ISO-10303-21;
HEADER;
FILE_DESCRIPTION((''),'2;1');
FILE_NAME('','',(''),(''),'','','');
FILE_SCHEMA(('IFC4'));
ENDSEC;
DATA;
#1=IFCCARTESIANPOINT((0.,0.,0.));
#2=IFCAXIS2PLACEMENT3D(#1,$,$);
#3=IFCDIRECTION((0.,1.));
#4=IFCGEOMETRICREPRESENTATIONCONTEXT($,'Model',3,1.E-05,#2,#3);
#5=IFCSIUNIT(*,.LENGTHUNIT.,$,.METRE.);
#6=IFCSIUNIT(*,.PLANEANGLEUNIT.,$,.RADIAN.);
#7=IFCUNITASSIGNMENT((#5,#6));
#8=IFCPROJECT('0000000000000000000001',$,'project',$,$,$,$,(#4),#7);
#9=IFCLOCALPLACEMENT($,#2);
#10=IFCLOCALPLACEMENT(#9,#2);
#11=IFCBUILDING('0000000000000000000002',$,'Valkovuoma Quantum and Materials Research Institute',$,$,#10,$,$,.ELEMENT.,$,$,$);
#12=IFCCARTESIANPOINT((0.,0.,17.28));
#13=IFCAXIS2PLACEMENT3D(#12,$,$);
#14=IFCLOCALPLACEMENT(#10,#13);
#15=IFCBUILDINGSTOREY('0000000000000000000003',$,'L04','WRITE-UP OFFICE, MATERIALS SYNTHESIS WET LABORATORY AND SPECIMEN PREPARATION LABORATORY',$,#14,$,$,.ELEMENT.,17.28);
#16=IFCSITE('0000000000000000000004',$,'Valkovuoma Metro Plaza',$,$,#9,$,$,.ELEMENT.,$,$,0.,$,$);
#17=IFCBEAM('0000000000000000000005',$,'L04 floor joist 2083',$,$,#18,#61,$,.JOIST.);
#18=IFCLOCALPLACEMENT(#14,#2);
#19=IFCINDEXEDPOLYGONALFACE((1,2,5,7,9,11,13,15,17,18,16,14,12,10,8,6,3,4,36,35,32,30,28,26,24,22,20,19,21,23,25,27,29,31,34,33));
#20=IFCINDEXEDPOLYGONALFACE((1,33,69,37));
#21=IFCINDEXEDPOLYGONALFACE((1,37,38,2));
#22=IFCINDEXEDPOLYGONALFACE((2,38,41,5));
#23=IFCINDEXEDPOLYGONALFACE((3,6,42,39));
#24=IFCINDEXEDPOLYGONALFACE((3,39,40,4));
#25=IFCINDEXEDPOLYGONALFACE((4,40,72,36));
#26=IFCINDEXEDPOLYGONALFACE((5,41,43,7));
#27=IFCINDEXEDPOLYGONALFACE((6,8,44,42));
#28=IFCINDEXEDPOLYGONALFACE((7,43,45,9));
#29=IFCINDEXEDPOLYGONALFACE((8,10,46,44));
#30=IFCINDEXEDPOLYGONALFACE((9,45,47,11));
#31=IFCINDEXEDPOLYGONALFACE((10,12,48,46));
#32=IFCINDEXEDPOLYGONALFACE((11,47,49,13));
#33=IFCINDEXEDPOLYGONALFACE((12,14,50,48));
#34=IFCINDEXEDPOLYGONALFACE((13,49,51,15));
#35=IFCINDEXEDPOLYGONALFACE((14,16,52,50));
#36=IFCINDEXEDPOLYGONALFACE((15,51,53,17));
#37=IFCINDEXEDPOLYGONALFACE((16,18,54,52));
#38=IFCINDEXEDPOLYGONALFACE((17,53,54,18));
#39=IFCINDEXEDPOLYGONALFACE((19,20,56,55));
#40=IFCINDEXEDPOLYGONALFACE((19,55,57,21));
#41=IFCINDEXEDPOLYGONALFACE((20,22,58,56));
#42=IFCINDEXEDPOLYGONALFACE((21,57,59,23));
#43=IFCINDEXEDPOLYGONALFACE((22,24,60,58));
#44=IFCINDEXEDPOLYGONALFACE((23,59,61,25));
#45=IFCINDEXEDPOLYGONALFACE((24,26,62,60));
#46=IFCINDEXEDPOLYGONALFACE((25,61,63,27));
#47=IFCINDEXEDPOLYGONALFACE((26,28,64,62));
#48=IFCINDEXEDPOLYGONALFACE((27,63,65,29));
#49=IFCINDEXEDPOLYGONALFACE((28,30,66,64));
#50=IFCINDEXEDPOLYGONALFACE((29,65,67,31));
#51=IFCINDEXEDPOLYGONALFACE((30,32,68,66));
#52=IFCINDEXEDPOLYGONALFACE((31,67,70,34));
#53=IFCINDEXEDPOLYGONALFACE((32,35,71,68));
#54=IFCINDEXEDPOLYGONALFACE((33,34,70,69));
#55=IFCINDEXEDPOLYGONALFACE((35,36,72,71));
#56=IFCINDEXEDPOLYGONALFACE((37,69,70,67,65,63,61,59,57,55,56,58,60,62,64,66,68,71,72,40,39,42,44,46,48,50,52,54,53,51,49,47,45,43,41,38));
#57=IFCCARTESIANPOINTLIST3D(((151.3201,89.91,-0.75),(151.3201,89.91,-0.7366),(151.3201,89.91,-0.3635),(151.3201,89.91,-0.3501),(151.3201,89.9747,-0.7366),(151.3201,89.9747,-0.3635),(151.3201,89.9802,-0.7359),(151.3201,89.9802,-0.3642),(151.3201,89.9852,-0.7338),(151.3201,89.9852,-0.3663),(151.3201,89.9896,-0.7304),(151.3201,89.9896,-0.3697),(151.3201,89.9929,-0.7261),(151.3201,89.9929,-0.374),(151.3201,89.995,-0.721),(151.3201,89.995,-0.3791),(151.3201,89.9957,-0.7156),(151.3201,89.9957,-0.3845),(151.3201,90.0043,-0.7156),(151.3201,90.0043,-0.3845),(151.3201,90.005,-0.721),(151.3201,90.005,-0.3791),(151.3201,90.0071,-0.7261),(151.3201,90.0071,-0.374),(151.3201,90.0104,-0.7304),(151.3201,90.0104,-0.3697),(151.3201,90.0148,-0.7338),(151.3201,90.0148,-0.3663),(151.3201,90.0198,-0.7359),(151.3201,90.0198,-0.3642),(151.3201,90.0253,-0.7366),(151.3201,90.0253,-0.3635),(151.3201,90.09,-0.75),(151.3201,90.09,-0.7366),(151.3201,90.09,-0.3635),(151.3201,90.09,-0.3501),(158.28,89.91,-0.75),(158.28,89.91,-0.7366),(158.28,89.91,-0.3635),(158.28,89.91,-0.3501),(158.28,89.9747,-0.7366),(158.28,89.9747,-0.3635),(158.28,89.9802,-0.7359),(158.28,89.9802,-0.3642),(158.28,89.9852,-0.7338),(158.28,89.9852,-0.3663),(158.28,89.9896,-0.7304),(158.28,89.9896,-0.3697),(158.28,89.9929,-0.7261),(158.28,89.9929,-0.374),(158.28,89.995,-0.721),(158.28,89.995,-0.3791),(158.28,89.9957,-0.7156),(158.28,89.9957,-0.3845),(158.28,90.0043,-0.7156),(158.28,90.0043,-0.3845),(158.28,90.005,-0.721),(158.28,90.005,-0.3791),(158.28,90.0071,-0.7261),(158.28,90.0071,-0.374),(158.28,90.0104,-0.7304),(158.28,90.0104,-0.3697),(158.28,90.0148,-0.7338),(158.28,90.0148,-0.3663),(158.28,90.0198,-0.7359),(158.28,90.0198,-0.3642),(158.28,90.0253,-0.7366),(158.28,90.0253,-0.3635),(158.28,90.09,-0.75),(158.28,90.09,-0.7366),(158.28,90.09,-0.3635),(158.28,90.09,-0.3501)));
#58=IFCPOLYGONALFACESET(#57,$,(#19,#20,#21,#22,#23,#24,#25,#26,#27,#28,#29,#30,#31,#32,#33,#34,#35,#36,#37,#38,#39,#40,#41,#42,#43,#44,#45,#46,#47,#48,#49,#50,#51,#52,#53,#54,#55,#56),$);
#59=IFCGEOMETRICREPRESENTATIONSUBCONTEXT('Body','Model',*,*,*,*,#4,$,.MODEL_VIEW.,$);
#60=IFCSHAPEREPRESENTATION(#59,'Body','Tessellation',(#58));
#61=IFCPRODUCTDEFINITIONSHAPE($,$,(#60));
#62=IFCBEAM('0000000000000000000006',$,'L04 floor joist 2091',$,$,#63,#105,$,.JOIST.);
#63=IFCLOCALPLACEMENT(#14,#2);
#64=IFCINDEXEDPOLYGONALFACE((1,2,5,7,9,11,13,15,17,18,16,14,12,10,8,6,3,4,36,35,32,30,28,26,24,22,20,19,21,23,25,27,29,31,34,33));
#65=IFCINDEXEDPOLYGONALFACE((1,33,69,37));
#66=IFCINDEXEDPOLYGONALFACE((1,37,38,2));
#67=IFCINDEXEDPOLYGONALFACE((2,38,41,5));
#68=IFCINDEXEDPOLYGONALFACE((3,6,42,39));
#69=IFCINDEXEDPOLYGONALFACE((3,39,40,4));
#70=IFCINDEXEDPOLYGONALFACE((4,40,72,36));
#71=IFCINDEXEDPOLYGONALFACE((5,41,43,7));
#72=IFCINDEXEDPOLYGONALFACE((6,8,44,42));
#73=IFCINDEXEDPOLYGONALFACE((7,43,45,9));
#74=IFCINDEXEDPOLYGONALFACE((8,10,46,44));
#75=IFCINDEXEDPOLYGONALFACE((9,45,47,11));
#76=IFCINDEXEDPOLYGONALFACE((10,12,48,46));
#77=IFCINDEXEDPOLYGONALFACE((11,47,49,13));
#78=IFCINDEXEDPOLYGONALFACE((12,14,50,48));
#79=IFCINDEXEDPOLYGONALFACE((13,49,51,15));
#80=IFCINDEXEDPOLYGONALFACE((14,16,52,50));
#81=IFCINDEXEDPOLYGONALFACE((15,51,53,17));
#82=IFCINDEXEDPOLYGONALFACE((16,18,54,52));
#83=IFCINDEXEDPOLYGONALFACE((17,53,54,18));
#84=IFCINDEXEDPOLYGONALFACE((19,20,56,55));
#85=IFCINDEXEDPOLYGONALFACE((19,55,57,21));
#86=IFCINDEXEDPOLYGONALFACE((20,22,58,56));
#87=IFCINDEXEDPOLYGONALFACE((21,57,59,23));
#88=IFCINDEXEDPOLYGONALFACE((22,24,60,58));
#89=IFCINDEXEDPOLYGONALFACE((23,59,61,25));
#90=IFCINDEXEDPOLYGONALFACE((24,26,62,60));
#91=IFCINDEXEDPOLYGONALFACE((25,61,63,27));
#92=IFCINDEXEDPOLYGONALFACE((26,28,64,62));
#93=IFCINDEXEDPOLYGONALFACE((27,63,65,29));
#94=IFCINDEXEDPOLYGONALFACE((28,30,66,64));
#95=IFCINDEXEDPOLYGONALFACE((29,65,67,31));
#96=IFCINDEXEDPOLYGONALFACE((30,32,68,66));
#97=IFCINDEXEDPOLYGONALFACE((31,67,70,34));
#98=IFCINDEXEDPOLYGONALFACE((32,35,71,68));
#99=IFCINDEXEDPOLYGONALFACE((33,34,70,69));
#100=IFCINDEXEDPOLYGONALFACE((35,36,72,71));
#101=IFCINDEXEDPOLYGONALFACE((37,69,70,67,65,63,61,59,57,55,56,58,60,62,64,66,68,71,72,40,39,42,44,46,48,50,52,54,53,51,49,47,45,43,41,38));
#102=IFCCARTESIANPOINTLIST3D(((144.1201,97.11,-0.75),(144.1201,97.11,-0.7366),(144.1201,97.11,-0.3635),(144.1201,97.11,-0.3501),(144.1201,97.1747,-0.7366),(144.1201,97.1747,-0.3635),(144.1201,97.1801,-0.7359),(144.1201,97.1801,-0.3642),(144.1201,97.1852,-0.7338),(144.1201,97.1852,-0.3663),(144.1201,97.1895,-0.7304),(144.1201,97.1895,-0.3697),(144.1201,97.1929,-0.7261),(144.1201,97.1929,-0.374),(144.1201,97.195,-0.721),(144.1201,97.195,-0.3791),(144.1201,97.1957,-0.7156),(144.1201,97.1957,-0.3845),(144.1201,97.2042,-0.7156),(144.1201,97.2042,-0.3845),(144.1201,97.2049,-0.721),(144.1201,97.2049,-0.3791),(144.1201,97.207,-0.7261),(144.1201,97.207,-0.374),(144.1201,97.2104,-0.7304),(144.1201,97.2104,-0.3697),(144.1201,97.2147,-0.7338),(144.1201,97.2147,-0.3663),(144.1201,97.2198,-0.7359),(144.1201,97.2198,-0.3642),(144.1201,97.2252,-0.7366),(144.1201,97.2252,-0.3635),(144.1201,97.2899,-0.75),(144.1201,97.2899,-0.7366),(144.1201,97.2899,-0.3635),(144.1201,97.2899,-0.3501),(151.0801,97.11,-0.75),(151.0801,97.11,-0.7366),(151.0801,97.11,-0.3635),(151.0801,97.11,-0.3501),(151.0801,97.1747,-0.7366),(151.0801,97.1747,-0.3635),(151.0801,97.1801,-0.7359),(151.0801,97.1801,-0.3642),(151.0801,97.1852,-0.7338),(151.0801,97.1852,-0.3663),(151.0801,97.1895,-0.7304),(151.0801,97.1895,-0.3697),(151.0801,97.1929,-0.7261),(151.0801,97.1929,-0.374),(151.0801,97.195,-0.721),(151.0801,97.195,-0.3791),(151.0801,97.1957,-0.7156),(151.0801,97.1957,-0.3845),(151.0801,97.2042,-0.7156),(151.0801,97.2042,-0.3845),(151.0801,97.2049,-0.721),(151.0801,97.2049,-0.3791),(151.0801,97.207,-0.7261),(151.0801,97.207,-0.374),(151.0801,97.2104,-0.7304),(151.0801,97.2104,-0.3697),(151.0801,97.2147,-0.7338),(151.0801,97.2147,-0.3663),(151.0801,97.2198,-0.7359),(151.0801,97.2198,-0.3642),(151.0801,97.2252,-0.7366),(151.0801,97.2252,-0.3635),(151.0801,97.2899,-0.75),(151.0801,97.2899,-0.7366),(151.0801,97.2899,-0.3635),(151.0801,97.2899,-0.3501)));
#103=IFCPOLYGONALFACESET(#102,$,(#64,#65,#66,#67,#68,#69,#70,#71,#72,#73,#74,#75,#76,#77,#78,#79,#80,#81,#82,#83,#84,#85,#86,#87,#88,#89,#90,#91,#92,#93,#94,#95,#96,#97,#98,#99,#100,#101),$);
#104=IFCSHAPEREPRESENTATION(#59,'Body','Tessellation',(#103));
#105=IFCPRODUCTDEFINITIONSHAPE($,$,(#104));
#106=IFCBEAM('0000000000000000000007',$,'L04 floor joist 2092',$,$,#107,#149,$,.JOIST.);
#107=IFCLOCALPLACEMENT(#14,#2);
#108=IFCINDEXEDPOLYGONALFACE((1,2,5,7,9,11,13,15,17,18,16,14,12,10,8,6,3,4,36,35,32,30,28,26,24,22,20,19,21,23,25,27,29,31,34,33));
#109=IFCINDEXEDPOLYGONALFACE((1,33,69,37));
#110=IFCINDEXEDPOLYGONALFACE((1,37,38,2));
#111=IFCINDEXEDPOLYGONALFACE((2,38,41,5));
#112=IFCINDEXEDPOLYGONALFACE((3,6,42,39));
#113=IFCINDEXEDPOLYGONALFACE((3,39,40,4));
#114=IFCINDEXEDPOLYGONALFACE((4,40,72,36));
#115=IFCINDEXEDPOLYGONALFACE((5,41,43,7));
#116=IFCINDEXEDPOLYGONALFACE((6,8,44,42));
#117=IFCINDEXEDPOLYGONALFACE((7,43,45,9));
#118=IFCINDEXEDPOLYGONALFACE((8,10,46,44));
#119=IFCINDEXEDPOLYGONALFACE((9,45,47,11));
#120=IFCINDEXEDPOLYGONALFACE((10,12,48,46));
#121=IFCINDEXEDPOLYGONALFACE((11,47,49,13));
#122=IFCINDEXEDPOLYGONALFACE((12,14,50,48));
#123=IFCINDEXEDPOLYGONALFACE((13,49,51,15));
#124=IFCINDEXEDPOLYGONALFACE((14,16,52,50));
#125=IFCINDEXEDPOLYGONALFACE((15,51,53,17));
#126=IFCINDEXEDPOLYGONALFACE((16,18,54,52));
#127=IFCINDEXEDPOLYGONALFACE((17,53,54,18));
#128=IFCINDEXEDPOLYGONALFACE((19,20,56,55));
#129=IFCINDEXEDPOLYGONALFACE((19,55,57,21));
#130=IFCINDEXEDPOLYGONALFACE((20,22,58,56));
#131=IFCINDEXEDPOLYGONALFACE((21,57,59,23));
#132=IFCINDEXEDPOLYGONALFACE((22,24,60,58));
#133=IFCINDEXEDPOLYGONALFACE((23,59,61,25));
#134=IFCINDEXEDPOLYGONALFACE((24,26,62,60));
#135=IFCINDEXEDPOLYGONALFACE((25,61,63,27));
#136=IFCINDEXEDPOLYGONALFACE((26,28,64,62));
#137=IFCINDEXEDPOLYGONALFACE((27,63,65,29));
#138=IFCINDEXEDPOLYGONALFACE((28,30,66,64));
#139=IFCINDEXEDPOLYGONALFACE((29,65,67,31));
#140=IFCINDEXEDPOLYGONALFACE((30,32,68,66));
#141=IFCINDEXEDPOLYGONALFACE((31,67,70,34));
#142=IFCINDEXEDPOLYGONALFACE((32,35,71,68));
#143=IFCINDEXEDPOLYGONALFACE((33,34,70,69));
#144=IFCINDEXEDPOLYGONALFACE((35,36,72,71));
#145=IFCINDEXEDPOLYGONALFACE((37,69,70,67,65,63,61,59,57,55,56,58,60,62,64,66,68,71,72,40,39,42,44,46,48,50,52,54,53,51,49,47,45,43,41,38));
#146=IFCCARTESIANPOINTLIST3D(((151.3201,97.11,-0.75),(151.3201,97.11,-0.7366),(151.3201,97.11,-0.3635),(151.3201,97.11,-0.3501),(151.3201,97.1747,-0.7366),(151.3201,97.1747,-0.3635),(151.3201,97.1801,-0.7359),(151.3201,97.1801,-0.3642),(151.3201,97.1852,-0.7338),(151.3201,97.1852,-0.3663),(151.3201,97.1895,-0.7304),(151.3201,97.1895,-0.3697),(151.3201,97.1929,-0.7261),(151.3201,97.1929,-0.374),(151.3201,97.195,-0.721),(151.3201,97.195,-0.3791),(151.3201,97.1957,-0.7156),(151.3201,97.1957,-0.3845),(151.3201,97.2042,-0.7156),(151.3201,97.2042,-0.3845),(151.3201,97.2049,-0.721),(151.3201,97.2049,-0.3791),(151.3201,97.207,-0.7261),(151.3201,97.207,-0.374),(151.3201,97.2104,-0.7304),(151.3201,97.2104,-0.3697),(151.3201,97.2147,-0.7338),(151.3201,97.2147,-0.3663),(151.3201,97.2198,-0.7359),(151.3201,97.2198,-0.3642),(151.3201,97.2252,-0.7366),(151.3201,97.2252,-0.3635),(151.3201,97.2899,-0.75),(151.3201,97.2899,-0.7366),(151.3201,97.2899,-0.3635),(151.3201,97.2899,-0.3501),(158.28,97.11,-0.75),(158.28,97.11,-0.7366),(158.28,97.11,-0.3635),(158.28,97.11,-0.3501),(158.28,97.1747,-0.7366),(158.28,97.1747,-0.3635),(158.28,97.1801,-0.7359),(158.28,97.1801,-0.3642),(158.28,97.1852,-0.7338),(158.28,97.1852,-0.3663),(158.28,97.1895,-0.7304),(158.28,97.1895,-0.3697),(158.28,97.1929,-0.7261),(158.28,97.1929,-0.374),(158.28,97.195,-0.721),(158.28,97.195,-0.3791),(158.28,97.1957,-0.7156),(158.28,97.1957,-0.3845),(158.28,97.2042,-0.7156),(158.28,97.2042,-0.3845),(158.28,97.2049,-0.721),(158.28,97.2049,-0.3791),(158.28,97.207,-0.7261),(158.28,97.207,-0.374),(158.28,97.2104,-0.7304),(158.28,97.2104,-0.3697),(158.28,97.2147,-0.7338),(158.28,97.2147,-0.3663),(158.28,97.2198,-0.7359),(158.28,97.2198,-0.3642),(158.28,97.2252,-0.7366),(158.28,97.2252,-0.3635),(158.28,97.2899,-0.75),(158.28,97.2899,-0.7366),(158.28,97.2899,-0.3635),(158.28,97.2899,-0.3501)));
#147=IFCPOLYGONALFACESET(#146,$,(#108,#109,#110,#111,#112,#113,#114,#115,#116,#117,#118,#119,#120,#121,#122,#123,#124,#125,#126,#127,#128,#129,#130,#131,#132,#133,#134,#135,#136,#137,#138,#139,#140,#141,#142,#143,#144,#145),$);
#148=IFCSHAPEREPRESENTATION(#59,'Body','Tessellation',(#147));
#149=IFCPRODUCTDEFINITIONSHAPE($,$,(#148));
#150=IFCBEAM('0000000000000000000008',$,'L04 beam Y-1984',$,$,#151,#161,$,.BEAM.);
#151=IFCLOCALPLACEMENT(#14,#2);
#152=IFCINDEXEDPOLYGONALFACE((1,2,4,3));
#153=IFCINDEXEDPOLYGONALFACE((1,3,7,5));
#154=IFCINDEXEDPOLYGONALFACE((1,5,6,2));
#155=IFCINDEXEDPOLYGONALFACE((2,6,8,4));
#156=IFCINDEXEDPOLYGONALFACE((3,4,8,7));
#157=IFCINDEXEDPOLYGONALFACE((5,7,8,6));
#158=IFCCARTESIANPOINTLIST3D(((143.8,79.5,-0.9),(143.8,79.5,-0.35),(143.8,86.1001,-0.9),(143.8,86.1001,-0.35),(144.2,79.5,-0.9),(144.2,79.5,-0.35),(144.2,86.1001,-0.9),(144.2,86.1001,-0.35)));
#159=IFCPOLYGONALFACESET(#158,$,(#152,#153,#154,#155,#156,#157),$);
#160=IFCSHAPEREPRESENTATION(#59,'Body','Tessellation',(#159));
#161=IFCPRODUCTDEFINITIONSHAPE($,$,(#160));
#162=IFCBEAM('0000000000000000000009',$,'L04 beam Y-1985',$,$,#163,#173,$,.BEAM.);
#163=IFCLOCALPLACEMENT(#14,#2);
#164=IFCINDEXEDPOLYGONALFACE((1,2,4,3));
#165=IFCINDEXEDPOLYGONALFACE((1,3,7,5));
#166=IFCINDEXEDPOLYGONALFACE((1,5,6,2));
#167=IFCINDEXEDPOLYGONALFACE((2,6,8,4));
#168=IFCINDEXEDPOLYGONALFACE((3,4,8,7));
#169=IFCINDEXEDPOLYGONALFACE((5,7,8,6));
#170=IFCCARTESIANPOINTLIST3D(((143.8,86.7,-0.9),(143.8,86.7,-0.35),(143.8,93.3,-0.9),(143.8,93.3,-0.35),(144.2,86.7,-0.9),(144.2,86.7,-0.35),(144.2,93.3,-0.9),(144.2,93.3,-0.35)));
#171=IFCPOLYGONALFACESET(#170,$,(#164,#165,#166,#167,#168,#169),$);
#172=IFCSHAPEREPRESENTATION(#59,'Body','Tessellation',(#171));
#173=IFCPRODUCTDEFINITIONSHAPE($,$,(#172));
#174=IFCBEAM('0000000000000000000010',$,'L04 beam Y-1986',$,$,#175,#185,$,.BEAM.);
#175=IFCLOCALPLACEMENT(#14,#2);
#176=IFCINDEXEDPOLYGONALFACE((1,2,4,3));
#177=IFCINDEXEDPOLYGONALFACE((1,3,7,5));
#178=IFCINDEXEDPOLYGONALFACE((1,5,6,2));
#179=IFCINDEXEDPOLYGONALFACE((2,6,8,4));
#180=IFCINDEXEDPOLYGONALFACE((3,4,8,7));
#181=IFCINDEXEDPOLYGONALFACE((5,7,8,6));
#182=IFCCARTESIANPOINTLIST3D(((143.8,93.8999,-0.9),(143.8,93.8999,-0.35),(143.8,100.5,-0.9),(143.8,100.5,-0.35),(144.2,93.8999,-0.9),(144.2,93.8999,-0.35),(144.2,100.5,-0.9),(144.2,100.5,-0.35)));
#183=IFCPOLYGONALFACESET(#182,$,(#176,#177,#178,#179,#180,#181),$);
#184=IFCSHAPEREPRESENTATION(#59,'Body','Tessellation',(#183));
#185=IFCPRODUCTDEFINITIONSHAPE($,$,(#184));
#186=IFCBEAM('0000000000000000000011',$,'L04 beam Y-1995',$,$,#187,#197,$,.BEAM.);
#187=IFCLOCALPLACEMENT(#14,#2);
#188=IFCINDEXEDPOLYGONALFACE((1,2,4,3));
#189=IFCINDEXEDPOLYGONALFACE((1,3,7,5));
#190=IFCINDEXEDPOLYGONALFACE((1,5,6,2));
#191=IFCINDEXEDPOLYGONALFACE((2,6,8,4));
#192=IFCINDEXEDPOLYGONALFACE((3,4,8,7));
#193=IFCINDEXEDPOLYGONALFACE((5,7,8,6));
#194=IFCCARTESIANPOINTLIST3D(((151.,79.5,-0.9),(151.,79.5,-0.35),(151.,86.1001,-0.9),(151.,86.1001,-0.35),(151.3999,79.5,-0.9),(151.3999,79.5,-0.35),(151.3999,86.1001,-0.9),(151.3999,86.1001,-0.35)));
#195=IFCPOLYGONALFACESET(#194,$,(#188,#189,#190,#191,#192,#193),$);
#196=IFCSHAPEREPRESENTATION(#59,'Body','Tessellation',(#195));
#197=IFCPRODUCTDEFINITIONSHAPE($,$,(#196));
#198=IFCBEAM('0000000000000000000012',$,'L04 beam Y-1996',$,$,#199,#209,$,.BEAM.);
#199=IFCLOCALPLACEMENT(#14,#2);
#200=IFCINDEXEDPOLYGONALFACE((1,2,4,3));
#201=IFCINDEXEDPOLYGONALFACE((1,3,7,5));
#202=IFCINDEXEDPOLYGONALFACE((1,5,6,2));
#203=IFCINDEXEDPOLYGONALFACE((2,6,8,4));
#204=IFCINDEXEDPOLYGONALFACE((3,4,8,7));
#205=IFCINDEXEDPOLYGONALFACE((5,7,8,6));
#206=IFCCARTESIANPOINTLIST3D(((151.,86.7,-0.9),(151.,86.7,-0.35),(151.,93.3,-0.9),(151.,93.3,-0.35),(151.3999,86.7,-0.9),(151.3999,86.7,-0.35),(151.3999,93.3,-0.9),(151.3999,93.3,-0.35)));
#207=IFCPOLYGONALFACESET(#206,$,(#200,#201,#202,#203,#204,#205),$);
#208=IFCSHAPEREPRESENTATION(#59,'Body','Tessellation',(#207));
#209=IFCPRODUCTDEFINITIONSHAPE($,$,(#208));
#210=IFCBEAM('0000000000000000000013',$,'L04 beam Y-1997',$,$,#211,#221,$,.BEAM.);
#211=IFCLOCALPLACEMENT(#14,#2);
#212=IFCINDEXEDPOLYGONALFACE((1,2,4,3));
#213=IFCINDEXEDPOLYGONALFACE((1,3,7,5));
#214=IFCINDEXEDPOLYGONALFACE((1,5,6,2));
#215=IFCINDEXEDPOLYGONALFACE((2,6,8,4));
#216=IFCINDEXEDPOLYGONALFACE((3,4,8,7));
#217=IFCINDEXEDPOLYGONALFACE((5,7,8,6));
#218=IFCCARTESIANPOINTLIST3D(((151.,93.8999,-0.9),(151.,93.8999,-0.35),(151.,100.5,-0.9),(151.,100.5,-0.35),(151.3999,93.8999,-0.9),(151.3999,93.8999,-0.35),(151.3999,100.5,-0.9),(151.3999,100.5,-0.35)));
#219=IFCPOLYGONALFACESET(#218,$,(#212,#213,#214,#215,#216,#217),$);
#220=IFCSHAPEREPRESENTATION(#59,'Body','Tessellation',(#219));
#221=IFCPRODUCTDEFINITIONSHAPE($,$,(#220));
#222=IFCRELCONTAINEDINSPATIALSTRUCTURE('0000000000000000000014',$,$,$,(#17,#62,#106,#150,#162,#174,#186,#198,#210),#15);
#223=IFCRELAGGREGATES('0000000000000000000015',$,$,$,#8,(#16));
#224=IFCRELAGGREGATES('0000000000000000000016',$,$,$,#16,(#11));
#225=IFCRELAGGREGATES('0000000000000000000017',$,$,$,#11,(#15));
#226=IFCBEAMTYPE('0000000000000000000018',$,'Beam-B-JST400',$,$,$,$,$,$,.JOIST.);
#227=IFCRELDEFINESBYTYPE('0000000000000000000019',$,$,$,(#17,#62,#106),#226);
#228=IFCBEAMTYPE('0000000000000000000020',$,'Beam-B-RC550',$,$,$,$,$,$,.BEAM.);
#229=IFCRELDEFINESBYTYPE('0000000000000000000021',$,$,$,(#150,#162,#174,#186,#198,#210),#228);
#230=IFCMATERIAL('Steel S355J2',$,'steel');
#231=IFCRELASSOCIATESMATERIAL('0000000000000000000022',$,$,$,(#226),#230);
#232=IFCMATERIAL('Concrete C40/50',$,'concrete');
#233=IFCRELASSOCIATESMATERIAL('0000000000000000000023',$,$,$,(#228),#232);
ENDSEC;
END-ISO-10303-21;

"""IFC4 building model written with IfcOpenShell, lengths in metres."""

from ifc_helpers import new_model, si_unit, direction, frame, origin, origin_2d, place, context, subcontext, project, spatial, rectangle, i_section, extrude, material, material_profile, profile_set, type_object, element, save


model = new_model("IFC4")

# Units and contexts
model_context = context("Model", 3, precision=1e-05, world=origin(), true_north=direction((0.0, 1.0)))
body_context = subcontext(model_context, "Body", "Model", "MODEL_VIEW")
ifc_project = project(units=[si_unit("LENGTHUNIT", "METRE"), si_unit("PLANEANGLEUNIT", "RADIAN")], contexts=[model_context])

# Site, building, storey
site_placement = place(None, origin())
site = spatial("IfcSite", under=ifc_project, at=site_placement, Name="Valkovuoma Metro Plaza", CompositionType="ELEMENT", RefElevation=0.0)
building_placement = place(site_placement, origin())
building = spatial("IfcBuilding", under=site, at=building_placement, Name="Valkovuoma Quantum and Materials Research Institute", CompositionType="ELEMENT")
storey_placement = place(building_placement, frame((0.0, 0.0, 17.28)))
storey = spatial("IfcBuildingStorey", under=building, at=storey_placement, Name="L04", Description="WRITE-UP OFFICE, MATERIALS SYNTHESIS WET LABORATORY AND SPECIMEN PREPARATION LABORATORY", CompositionType="ELEMENT", Elevation=17.28)

# Beams
ifc_material_1 = material(Name="Steel S355J2", Category="steel")
ifc_material_profile_1 = material_profile(ifc_material_1, i_section(OverallWidth=0.1799, OverallDepth=0.3999, WebThickness=0.0085, FlangeThickness=0.0134, FilletRadius=0.021, at=origin_2d()), Name="Steel S355J2")
ifc_profile_set_1 = profile_set([ifc_material_profile_1], Name="Steel S355J2")
beam_type_1 = type_object("IfcBeamType", Name="Beam-B-JST400", PredefinedType="JOIST", material=ifc_profile_set_1)
for number, where, z_axis, x_axis, name in (
    (1, (151.3201, 90.0, -0.55), (1.0, 0.0, 0.0), (0.0, 1.0, 0.0), "L04 floor joist 2083"),
    (2, (144.1201, 97.2, -0.55), (1.0, 0.0, 0.0), (0.0, 1.0, 0.0), "L04 floor joist 2091"),
    (3, (151.3201, 97.2, -0.55), (1.0, 0.0, 0.0), (0.0, 1.0, 0.0), "L04 floor joist 2092"),
):
    element("IfcBeam", number, at=place(storey_placement, frame(where, z_axis=z_axis, x_axis=x_axis)), inside=storey, type_object=beam_type_1, Name=name, PredefinedType="JOIST", context=body_context, shape_type="SweptSolid", body=[
        extrude(i_section(OverallWidth=0.1799, OverallDepth=0.3999, WebThickness=0.0085, FlangeThickness=0.0134, FilletRadius=0.021, at=origin_2d()), origin(), (0.0, 0.0, 1.0), 6.96),
    ])
ifc_material_2 = material(Name="Concrete C40/50", Category="concrete")
ifc_material_profile_2 = material_profile(ifc_material_2, rectangle(XDim=0.3999, YDim=0.55, at=origin_2d()), Name="Concrete C40/50")
ifc_profile_set_2 = profile_set([ifc_material_profile_2], Name="Concrete C40/50")
beam_type_2 = type_object("IfcBeamType", Name="Beam-B-RC550", PredefinedType="BEAM", material=ifc_profile_set_2)
for number, where, z_axis, x_axis, name in (
    (4, (144.0, 79.5, -0.625), (0.0, 1.0, 0.0), (-1.0, 0.0, 0.0), "L04 beam Y-1984"),
    (5, (144.0, 86.7, -0.625), (0.0, 1.0, 0.0), (-1.0, 0.0, 0.0), "L04 beam Y-1985"),
    (6, (144.0, 93.8999, -0.625), (0.0, 1.0, 0.0), (-1.0, 0.0, 0.0), "L04 beam Y-1986"),
    (7, (151.2, 79.5, -0.625), (0.0, 1.0, 0.0), (-1.0, 0.0, 0.0), "L04 beam Y-1995"),
    (8, (151.2, 86.7, -0.625), (0.0, 1.0, 0.0), (-1.0, 0.0, 0.0), "L04 beam Y-1996"),
    (9, (151.2, 93.8999, -0.625), (0.0, 1.0, 0.0), (-1.0, 0.0, 0.0), "L04 beam Y-1997"),
):
    element("IfcBeam", number, at=place(storey_placement, frame(where, z_axis=z_axis, x_axis=x_axis)), inside=storey, type_object=beam_type_2, Name=name, PredefinedType="BEAM", context=body_context, shape_type="SweptSolid", body=[
        extrude(rectangle(XDim=0.3999, YDim=0.55, at=origin_2d()), origin(), (0.0, 0.0, 1.0), 6.6001),
    ])

save(model, "model.ifc")
